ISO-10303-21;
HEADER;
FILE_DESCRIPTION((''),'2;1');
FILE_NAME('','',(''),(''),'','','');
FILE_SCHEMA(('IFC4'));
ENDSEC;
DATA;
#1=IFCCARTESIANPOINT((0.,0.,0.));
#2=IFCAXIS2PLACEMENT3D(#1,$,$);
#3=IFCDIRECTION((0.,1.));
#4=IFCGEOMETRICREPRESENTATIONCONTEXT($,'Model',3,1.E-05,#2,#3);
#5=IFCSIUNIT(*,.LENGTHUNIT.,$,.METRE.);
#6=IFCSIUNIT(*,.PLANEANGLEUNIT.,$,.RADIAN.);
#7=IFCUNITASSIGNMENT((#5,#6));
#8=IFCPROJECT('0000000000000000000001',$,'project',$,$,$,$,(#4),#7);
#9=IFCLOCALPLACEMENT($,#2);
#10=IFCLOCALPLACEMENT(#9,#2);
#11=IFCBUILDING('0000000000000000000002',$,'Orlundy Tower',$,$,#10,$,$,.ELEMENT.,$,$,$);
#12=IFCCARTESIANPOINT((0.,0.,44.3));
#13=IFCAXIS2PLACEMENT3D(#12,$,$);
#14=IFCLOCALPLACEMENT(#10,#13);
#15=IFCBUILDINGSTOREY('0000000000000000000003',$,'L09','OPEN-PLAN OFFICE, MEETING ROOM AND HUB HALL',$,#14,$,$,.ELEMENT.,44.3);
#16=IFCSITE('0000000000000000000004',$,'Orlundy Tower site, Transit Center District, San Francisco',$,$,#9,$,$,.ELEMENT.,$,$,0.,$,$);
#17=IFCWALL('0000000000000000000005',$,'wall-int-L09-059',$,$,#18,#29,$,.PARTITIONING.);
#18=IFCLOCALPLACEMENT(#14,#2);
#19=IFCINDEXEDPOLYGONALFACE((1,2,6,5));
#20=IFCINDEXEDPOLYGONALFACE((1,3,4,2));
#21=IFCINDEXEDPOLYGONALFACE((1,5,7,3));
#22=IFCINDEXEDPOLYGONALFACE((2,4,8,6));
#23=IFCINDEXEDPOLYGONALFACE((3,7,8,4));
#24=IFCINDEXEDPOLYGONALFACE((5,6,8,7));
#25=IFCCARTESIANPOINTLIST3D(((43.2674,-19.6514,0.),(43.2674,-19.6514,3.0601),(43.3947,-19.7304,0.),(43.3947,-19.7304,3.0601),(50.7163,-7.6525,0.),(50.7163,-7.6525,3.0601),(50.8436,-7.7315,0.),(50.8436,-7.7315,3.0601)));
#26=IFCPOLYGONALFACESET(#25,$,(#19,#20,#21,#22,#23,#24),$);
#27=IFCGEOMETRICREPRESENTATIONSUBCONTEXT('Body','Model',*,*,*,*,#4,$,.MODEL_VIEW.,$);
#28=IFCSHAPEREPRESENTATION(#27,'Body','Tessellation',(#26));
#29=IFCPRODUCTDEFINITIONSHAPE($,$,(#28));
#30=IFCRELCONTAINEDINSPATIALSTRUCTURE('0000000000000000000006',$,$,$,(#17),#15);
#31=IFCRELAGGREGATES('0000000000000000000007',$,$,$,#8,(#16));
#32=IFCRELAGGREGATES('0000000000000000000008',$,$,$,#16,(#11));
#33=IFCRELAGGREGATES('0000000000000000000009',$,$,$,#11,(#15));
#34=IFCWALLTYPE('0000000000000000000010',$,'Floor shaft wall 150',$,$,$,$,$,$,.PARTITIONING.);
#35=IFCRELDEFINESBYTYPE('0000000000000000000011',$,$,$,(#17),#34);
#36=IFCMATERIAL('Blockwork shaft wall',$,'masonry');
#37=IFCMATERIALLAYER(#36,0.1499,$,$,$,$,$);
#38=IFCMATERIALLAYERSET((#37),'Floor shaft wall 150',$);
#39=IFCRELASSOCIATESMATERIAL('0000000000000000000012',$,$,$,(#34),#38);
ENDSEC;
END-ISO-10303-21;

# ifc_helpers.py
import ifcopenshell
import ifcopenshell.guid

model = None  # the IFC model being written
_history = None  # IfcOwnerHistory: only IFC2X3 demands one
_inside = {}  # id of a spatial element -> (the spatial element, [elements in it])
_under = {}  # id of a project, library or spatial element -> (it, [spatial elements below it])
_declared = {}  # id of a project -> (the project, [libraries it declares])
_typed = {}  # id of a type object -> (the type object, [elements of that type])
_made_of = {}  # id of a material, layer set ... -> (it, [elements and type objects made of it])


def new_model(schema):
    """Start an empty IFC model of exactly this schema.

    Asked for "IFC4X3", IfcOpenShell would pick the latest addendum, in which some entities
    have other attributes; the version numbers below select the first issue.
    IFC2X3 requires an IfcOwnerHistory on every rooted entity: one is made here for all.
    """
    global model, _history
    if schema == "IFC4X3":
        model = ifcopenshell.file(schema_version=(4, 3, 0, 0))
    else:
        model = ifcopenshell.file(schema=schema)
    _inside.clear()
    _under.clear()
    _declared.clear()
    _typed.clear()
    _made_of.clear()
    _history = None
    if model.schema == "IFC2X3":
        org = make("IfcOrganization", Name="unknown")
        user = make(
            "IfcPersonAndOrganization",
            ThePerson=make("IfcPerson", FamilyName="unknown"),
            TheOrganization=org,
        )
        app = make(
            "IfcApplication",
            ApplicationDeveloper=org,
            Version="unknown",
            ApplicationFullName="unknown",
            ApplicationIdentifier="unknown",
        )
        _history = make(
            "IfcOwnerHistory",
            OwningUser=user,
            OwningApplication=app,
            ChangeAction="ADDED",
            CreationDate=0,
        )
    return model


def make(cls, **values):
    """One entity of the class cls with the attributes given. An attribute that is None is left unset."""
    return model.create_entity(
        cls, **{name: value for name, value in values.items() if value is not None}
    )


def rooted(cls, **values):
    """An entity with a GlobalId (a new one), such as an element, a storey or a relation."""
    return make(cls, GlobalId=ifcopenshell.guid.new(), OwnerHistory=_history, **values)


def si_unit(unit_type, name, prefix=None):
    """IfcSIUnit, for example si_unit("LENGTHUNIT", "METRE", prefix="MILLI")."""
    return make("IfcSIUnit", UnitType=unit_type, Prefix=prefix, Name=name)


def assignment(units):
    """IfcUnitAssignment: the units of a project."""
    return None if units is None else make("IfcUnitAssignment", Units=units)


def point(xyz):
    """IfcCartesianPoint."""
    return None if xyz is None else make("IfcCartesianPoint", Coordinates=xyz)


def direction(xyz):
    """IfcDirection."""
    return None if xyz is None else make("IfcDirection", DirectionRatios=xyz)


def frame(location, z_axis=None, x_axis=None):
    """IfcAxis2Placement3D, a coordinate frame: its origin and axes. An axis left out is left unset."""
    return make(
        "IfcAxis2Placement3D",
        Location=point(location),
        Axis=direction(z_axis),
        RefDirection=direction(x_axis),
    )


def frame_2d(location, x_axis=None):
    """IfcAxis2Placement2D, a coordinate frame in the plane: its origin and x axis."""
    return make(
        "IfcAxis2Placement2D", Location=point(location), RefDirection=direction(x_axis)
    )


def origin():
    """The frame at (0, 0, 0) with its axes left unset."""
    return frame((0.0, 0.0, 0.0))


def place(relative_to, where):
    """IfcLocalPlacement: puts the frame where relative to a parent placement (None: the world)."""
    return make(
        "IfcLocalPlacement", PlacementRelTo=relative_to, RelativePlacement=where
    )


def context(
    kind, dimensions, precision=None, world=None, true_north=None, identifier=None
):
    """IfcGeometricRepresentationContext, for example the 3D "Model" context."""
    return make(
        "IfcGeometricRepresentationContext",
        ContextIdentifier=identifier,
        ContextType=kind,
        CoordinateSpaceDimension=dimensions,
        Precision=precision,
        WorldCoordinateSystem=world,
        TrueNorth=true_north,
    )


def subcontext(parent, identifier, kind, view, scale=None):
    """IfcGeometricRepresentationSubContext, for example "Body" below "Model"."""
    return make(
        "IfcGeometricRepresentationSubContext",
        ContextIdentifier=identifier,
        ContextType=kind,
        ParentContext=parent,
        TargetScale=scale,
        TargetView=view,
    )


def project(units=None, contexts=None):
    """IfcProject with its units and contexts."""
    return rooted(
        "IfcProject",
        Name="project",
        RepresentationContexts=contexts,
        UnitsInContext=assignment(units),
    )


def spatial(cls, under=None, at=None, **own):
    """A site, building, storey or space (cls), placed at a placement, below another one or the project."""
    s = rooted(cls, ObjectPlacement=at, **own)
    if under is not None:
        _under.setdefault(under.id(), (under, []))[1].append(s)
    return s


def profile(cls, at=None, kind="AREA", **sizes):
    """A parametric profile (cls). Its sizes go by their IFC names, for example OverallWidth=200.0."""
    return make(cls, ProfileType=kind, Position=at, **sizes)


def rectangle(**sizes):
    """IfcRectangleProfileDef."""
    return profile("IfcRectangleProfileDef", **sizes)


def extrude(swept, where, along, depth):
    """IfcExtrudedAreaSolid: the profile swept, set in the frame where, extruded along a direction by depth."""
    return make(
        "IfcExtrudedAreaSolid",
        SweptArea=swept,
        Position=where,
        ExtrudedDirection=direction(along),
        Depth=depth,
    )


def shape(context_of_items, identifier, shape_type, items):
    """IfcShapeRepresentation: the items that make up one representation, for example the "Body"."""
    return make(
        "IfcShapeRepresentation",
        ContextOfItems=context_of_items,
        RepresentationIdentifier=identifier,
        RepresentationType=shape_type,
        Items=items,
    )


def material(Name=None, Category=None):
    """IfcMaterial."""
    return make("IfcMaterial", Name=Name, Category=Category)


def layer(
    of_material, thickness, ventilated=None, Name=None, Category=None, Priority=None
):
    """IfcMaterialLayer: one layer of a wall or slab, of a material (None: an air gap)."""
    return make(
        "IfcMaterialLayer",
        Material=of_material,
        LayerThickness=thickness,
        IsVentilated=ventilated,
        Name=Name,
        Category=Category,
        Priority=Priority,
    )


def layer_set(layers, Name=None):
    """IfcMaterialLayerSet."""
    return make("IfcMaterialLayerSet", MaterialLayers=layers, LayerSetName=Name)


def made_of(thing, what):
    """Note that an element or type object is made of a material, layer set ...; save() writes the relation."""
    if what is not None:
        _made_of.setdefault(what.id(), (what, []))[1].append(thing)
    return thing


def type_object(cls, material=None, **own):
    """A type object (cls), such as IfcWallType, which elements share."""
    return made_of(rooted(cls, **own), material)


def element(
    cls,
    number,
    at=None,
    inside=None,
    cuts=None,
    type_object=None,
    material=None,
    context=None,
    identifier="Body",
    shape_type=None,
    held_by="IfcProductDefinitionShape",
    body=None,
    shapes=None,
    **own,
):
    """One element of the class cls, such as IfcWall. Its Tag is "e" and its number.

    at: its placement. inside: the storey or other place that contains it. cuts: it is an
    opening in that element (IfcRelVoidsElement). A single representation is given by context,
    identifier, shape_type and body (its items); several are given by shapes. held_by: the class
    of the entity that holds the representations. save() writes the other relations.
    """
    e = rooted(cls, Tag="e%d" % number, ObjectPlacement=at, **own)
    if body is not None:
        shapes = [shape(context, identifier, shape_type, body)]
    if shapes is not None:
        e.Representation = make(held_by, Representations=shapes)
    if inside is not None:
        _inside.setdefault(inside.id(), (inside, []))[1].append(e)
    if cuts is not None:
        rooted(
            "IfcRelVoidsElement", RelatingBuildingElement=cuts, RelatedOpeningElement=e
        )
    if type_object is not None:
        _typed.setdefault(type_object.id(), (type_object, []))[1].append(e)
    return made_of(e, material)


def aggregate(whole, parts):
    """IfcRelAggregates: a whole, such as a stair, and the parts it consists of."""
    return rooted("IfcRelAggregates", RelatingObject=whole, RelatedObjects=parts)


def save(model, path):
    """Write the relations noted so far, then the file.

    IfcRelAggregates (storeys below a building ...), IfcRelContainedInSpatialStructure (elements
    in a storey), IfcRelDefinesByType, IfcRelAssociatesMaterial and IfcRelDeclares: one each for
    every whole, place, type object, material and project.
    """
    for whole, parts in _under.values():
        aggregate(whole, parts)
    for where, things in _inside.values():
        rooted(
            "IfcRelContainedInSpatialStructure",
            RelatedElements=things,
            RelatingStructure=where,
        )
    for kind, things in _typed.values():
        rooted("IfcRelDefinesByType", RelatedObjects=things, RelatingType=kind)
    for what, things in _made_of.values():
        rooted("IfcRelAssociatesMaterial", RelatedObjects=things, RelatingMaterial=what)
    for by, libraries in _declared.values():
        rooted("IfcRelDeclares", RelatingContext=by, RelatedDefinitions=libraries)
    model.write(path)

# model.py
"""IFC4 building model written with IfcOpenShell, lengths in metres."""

from ifc_helpers import new_model, si_unit, direction, frame, frame_2d, origin, place, context, subcontext, project, spatial, rectangle, extrude, material, layer, layer_set, type_object, element, save


model = new_model("IFC4")

# Units and contexts
model_context = context("Model", 3, precision=1e-05, world=origin(), true_north=direction((0.0, 1.0)))
body_context = subcontext(model_context, "Body", "Model", "MODEL_VIEW")
ifc_project = project(units=[si_unit("LENGTHUNIT", "METRE"), si_unit("PLANEANGLEUNIT", "RADIAN")], contexts=[model_context])

# Site, building, storey
site_placement = place(None, origin())
site = spatial("IfcSite", under=ifc_project, at=site_placement, Name="Orlundy Tower site, Transit Center District, San Francisco", CompositionType="ELEMENT", RefElevation=0.0)
building_placement = place(site_placement, origin())
building = spatial("IfcBuilding", under=site, at=building_placement, Name="Orlundy Tower", CompositionType="ELEMENT")
storey_placement = place(building_placement, frame((0.0, 0.0, 44.3)))
storey = spatial("IfcBuildingStorey", under=building, at=storey_placement, Name="L09", Description="OPEN-PLAN OFFICE, MEETING ROOM AND HUB HALL", CompositionType="ELEMENT", Elevation=44.3)

# Shared definitions
ifc_material_1 = material(Name="Blockwork shaft wall", Category="masonry")
ifc_layer_1 = layer(ifc_material_1, 0.1499)
ifc_layer_set_1 = layer_set([ifc_layer_1], Name="Floor shaft wall 150")
wall_type_1 = type_object("IfcWallType", Name="Floor shaft wall 150", PredefinedType="PARTITIONING", material=ifc_layer_set_1)

# Wall
wall_1_placement = place(storey_placement, frame((43.3311, -19.6909, 0.0), z_axis=(0.0, 0.0, 1.0), x_axis=(0.52743, 0.849599, 0.0)))
element("IfcWall", 1, at=wall_1_placement, inside=storey, type_object=wall_type_1, Name="wall-int-L09-059", PredefinedType="PARTITIONING", context=body_context, shape_type="SweptSolid", body=[
    extrude(rectangle(XDim=14.123, YDim=0.1499, at=frame_2d((7.0615, 0.0))), origin(), (0.0, 0.0, 1.0), 3.0601),
])

save(model, "model.ifc")
